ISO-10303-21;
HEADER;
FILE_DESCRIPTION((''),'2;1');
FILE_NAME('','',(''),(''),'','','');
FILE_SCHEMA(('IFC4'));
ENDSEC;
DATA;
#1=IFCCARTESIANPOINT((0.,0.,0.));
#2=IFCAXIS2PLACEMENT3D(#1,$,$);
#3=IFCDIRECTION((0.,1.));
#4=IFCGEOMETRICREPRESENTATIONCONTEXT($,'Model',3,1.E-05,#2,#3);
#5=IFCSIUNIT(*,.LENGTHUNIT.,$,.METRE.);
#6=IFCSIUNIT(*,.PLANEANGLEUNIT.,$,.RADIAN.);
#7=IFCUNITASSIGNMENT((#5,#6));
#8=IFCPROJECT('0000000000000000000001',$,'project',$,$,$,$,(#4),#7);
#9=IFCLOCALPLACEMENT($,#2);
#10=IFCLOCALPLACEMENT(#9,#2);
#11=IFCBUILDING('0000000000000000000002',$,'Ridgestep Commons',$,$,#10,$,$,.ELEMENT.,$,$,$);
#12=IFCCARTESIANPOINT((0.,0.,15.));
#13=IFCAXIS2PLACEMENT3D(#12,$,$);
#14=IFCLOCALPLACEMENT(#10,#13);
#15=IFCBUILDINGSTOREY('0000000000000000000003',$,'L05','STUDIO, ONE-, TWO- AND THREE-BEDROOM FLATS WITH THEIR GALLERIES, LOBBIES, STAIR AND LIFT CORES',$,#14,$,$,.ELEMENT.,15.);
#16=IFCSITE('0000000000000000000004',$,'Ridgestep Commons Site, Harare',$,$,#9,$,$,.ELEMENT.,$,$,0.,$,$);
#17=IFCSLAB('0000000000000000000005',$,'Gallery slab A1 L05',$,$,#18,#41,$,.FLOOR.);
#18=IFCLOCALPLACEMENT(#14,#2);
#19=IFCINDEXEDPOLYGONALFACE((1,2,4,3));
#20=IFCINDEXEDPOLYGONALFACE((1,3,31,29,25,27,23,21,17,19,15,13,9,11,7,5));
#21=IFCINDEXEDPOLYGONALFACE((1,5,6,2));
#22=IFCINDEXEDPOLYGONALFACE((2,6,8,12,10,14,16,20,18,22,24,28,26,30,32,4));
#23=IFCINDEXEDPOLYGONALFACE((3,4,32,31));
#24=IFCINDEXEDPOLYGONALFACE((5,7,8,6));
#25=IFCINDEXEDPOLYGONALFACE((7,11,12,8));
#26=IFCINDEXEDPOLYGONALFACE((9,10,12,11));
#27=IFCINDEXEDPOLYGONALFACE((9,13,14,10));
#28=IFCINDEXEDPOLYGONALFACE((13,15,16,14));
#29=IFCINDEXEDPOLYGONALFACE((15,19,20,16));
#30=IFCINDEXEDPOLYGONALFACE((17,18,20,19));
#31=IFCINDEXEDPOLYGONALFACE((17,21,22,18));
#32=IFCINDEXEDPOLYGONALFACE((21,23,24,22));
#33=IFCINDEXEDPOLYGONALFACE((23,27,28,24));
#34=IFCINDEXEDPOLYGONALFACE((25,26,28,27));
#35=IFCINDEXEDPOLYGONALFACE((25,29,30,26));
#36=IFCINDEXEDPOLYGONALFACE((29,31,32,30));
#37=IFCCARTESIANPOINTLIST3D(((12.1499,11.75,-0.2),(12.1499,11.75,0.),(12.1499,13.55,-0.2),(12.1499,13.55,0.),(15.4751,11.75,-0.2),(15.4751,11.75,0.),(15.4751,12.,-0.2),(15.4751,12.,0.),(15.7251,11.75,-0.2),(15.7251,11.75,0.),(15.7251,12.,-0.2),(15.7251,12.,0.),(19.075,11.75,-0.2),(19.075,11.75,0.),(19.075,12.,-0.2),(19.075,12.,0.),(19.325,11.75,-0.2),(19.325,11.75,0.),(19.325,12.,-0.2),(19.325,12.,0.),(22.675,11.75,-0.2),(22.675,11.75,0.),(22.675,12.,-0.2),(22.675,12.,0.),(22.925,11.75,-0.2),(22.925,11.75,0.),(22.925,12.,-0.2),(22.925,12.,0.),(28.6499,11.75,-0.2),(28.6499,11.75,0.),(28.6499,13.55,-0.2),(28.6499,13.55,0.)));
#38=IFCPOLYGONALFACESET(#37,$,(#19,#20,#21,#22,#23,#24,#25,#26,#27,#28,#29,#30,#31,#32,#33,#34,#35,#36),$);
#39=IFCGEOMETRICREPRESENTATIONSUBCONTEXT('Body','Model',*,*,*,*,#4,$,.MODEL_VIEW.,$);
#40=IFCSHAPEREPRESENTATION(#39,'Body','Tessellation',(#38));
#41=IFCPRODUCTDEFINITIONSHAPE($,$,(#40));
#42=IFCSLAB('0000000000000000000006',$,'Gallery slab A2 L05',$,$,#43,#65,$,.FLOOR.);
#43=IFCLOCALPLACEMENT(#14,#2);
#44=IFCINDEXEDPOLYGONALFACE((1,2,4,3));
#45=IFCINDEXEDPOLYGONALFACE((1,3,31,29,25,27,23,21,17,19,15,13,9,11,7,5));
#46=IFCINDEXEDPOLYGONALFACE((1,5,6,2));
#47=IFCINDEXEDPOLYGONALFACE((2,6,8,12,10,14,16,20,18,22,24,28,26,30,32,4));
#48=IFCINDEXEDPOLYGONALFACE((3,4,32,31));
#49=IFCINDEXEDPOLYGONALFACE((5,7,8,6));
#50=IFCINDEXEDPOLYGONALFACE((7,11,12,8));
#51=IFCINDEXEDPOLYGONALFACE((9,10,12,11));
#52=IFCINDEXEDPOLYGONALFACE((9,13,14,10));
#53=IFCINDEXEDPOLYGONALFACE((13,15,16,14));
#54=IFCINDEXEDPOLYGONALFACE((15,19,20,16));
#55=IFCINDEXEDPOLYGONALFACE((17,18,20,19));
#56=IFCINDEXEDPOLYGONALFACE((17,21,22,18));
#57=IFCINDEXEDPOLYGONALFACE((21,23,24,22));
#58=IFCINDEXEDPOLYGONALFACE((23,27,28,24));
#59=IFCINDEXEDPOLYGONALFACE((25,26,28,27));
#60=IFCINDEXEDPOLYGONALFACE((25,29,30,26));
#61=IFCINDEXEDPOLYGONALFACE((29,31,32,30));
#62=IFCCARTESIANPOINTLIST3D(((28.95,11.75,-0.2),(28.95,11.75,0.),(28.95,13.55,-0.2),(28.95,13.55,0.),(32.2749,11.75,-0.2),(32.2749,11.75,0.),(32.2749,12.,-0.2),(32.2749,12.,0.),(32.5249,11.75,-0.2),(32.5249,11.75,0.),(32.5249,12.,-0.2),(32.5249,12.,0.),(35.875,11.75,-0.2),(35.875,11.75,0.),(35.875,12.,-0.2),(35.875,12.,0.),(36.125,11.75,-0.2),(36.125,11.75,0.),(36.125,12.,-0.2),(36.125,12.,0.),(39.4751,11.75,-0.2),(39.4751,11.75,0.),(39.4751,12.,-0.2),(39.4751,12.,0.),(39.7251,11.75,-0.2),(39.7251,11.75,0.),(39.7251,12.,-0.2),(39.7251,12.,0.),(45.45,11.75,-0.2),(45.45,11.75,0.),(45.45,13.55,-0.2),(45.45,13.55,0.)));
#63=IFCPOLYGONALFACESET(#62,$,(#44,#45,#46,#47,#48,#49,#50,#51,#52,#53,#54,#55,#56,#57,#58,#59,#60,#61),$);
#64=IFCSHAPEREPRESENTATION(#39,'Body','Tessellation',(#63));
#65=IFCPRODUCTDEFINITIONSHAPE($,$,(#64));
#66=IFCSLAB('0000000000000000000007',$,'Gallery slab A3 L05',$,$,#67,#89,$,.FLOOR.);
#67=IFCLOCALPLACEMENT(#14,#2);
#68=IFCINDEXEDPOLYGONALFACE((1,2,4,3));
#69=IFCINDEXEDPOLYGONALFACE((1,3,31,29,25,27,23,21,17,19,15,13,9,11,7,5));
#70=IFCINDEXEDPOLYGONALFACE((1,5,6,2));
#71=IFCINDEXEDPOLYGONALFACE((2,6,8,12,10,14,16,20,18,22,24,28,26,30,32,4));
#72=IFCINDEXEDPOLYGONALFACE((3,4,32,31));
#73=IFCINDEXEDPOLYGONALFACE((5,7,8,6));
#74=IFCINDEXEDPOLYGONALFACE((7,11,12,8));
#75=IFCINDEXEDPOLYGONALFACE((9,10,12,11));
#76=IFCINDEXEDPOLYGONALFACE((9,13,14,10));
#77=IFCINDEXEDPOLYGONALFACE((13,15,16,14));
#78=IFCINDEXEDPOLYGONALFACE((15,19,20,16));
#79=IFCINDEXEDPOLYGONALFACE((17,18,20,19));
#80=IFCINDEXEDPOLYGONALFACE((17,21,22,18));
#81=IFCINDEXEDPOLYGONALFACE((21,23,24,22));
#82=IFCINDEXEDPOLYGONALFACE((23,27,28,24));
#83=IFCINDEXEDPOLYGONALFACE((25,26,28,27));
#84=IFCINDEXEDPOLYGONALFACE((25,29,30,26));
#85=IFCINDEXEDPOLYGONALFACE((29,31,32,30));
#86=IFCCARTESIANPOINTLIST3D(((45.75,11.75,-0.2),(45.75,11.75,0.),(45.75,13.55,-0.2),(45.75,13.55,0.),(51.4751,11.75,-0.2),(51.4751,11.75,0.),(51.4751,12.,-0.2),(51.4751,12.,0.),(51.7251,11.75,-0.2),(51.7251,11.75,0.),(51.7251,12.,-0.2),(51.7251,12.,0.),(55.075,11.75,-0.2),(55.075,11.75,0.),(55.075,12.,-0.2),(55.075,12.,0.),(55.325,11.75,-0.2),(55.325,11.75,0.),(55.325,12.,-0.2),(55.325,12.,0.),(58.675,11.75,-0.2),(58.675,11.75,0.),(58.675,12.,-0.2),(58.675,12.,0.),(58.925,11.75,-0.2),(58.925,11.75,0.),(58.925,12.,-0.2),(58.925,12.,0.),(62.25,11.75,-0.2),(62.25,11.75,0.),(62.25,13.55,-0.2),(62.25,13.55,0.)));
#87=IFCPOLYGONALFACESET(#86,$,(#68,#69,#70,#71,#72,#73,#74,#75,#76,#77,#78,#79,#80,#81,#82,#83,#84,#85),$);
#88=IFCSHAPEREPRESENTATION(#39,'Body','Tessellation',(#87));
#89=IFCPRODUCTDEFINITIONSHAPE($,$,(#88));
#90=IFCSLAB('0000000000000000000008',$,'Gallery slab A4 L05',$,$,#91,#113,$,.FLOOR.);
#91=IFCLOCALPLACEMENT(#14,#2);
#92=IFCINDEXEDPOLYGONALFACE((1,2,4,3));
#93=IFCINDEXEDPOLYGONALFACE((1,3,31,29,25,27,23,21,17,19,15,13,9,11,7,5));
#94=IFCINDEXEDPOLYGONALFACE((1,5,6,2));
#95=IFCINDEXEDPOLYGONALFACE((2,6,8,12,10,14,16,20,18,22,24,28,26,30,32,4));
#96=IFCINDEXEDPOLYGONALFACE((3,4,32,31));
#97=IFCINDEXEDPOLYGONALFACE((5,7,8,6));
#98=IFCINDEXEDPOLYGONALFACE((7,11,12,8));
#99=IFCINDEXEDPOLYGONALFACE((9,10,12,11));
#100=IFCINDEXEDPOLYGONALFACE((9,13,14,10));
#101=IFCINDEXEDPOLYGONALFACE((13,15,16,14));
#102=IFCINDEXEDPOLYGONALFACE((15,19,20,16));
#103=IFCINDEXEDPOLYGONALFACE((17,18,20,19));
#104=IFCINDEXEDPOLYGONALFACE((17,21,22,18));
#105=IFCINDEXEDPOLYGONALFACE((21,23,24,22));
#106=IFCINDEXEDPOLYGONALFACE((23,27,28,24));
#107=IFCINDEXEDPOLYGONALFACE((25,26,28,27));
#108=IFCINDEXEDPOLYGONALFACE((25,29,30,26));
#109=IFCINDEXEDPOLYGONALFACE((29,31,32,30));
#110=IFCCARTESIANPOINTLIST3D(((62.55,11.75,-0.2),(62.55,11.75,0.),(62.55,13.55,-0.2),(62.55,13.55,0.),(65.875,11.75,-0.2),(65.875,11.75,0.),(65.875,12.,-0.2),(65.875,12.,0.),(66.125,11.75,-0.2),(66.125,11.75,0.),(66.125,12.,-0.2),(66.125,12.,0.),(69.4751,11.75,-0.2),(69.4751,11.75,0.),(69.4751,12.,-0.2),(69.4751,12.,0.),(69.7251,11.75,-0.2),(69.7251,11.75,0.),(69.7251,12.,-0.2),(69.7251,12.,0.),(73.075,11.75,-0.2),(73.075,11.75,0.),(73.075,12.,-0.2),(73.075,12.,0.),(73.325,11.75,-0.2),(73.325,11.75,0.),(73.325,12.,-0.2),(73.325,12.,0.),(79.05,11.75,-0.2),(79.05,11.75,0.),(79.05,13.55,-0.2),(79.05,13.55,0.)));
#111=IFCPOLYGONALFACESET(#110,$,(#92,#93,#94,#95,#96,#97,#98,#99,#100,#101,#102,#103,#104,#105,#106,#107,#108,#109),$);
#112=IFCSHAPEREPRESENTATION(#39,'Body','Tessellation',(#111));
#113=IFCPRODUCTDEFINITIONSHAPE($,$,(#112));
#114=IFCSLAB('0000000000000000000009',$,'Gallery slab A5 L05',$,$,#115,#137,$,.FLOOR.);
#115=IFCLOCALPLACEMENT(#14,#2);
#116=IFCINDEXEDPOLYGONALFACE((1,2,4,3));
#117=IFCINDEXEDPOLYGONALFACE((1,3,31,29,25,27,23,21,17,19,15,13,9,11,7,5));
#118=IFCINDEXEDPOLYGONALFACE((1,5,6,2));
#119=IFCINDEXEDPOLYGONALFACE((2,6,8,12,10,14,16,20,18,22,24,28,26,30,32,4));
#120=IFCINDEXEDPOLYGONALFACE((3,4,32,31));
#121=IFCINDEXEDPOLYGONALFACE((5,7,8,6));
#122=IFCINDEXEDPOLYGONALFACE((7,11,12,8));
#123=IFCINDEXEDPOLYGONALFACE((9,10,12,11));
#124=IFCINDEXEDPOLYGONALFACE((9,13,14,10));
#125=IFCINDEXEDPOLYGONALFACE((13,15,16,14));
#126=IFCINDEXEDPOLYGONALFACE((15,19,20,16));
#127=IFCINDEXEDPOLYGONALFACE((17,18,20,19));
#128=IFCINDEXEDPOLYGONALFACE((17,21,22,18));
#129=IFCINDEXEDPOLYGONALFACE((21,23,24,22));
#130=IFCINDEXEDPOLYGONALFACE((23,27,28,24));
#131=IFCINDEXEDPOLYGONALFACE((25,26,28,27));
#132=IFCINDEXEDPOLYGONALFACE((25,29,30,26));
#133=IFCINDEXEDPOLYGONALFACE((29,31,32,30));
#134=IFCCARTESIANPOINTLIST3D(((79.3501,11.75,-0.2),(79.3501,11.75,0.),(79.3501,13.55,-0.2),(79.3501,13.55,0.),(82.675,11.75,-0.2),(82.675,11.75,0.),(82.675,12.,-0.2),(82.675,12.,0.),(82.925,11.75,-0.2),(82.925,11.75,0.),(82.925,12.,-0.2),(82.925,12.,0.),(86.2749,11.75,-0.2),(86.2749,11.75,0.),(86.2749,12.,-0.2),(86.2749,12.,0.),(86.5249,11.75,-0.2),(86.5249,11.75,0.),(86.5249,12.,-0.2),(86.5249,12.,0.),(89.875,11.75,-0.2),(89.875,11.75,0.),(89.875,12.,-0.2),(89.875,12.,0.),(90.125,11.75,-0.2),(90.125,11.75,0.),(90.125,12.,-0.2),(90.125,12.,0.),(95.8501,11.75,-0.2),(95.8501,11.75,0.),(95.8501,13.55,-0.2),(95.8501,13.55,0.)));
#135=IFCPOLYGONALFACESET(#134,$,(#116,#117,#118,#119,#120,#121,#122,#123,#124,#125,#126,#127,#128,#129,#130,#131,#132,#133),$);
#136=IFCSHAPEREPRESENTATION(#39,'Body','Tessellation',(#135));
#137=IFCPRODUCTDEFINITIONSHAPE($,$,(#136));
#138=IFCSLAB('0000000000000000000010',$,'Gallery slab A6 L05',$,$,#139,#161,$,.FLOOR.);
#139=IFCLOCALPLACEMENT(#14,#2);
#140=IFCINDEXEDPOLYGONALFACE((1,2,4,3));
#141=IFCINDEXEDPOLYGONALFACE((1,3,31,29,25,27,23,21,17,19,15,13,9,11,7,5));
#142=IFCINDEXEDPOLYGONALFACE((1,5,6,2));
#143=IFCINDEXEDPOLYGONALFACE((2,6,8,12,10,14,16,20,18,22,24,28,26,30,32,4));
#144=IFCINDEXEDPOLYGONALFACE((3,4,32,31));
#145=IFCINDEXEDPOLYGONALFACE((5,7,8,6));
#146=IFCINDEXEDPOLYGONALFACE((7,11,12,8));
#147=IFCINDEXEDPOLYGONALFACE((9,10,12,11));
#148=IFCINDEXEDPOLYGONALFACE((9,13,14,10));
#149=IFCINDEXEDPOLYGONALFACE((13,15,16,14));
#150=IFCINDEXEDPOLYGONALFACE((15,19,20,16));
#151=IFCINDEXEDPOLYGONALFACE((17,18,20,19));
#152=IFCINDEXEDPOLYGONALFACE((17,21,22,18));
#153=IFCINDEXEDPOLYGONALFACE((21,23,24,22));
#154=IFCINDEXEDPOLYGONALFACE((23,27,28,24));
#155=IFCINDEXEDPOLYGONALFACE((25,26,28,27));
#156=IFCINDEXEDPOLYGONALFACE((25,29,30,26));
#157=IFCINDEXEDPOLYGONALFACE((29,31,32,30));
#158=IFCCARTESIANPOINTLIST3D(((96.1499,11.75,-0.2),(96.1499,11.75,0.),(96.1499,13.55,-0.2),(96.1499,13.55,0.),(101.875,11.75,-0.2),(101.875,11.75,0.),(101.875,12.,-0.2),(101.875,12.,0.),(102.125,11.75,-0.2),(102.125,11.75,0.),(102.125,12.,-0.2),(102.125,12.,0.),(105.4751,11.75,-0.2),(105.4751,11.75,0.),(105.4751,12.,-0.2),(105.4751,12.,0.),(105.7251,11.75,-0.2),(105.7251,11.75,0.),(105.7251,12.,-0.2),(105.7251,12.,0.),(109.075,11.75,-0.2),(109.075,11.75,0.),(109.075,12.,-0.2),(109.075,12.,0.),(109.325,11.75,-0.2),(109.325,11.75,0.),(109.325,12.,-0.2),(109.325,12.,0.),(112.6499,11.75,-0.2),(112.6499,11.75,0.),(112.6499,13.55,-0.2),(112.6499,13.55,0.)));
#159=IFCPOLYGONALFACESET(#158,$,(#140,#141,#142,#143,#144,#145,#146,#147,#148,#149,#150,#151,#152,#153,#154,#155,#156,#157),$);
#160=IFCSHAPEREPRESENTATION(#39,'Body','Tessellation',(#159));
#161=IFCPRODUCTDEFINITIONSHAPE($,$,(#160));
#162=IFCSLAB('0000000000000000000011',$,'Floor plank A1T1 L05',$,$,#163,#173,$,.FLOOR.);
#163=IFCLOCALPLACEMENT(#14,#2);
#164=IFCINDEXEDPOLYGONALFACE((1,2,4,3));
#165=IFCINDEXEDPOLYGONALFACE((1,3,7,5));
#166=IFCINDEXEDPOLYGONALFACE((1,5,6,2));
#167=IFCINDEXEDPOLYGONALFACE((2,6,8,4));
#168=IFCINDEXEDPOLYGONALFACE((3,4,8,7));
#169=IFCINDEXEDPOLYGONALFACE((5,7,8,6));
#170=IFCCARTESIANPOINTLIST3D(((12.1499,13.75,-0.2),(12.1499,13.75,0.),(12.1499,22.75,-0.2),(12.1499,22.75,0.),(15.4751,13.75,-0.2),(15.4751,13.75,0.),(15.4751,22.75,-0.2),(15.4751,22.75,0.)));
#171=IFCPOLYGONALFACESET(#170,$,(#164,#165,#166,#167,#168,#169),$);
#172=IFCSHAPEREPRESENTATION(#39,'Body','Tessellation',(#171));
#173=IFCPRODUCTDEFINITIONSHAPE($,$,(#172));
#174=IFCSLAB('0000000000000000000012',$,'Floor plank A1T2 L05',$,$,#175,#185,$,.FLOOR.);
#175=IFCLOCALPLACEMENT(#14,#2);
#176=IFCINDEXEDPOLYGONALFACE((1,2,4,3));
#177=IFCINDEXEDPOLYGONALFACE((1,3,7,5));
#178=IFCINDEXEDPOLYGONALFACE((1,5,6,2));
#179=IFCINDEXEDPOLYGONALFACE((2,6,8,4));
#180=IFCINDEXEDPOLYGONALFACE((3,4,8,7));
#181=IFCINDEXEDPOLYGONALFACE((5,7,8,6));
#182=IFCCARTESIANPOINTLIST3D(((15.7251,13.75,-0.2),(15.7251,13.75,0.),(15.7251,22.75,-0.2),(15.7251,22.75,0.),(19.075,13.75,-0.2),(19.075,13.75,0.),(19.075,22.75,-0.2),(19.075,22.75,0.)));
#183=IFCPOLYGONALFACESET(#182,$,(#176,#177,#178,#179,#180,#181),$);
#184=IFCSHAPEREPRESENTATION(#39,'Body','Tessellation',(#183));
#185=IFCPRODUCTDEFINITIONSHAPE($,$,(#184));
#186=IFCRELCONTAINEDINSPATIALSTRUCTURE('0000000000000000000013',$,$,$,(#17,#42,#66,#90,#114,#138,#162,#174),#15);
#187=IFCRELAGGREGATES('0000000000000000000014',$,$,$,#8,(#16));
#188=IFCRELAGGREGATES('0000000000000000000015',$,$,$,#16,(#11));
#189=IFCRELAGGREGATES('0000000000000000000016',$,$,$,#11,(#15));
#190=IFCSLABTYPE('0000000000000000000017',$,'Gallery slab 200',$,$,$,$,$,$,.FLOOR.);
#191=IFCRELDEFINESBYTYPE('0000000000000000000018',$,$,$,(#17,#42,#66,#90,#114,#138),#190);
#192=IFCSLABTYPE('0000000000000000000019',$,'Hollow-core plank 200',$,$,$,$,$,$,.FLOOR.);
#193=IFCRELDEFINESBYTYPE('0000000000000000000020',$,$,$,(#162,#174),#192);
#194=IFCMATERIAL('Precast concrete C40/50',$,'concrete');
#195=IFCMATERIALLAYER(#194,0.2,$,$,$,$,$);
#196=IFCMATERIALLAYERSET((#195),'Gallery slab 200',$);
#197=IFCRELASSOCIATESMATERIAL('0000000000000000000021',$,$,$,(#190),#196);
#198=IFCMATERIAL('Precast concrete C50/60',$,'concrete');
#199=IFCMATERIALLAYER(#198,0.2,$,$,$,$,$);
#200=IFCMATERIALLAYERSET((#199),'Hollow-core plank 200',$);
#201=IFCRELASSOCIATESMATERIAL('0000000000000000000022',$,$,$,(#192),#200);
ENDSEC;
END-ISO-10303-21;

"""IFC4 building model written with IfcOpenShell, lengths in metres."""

from ifc_helpers import new_model, si_unit, direction, frame, origin, place, context, subcontext, project, spatial, polyline, outline, extrude, material, layer, layer_set, type_object, element, save


model = new_model("IFC4")

# Units and contexts
model_context = context("Model", 3, precision=1e-05, world=origin(), true_north=direction((0.0, 1.0)))
body_context = subcontext(model_context, "Body", "Model", "MODEL_VIEW")
ifc_project = project(units=[si_unit("LENGTHUNIT", "METRE"), si_unit("PLANEANGLEUNIT", "RADIAN")], contexts=[model_context])

# Site, building, storey
site_placement = place(None, origin())
site = spatial("IfcSite", under=ifc_project, at=site_placement, Name="Ridgestep Commons Site, Harare", CompositionType="ELEMENT", RefElevation=0.0)
building_placement = place(site_placement, origin())
building = spatial("IfcBuilding", under=site, at=building_placement, Name="Ridgestep Commons", CompositionType="ELEMENT")
storey_placement = place(building_placement, frame((0.0, 0.0, 15.0)))
storey = spatial("IfcBuildingStorey", under=building, at=storey_placement, Name="L05", Description="STUDIO, ONE-, TWO- AND THREE-BEDROOM FLATS WITH THEIR GALLERIES, LOBBIES, STAIR AND LIFT CORES", CompositionType="ELEMENT", Elevation=15.0)

# Slabs
ifc_material_1 = material(Name="Precast concrete C40/50", Category="concrete")
ifc_layer_1 = layer(ifc_material_1, 0.2)
ifc_layer_set_1 = layer_set([ifc_layer_1], Name="Gallery slab 200")
slab_type_1 = type_object("IfcSlabType", Name="Gallery slab 200", PredefinedType="FLOOR", material=ifc_layer_set_1)
slab_1_placement = place(storey_placement, frame((0.0, 0.0, -0.2)))
element("IfcSlab", 1, at=slab_1_placement, inside=storey, type_object=slab_type_1, Name="Gallery slab A1 L05", PredefinedType="FLOOR", context=body_context, shape_type="SweptSolid", body=[
    extrude(outline(polyline([(28.6499, 13.55), (12.1499, 13.55), (12.1499, 11.75), (15.4751, 11.75), (15.4751, 12.0), (15.7251, 12.0), (15.7251, 11.75), (19.075, 11.75), (19.075, 12.0), (19.325, 12.0), (19.325, 11.75), (22.675, 11.75), (22.675, 12.0), (22.925, 12.0), (22.925, 11.75), (28.6499, 11.75), (28.6499, 13.55)])), origin(), (0.0, 0.0, 1.0), 0.2),
])
slab_2_placement = place(storey_placement, frame((0.0, 0.0, -0.2)))
element("IfcSlab", 2, at=slab_2_placement, inside=storey, type_object=slab_type_1, Name="Gallery slab A2 L05", PredefinedType="FLOOR", context=body_context, shape_type="SweptSolid", body=[
    extrude(outline(polyline([(45.45, 13.55), (28.95, 13.55), (28.95, 11.75), (32.2749, 11.75), (32.2749, 12.0), (32.5249, 12.0), (32.5249, 11.75), (35.875, 11.75), (35.875, 12.0), (36.125, 12.0), (36.125, 11.75), (39.4751, 11.75), (39.4751, 12.0), (39.7251, 12.0), (39.7251, 11.75), (45.45, 11.75), (45.45, 13.55)])), origin(), (0.0, 0.0, 1.0), 0.2),
])
slab_3_placement = place(storey_placement, frame((0.0, 0.0, -0.2)))
element("IfcSlab", 3, at=slab_3_placement, inside=storey, type_object=slab_type_1, Name="Gallery slab A3 L05", PredefinedType="FLOOR", context=body_context, shape_type="SweptSolid", body=[
    extrude(outline(polyline([(62.25, 13.55), (45.75, 13.55), (45.75, 11.75), (51.4751, 11.75), (51.4751, 12.0), (51.7251, 12.0), (51.7251, 11.75), (55.075, 11.75), (55.075, 12.0), (55.325, 12.0), (55.325, 11.75), (58.675, 11.75), (58.675, 12.0), (58.925, 12.0), (58.925, 11.75), (62.25, 11.75), (62.25, 13.55)])), origin(), (0.0, 0.0, 1.0), 0.2),
])
slab_4_placement = place(storey_placement, frame((0.0, 0.0, -0.2)))
element("IfcSlab", 4, at=slab_4_placement, inside=storey, type_object=slab_type_1, Name="Gallery slab A4 L05", PredefinedType="FLOOR", context=body_context, shape_type="SweptSolid", body=[
    extrude(outline(polyline([(79.05, 13.55), (62.55, 13.55), (62.55, 11.75), (65.875, 11.75), (65.875, 12.0), (66.125, 12.0), (66.125, 11.75), (69.4751, 11.75), (69.4751, 12.0), (69.7251, 12.0), (69.7251, 11.75), (73.075, 11.75), (73.075, 12.0), (73.325, 12.0), (73.325, 11.75), (79.05, 11.75), (79.05, 13.55)])), origin(), (0.0, 0.0, 1.0), 0.2),
])
slab_5_placement = place(storey_placement, frame((0.0, 0.0, -0.2)))
element("IfcSlab", 5, at=slab_5_placement, inside=storey, type_object=slab_type_1, Name="Gallery slab A5 L05", PredefinedType="FLOOR", context=body_context, shape_type="SweptSolid", body=[
    extrude(outline(polyline([(95.8501, 13.55), (79.3501, 13.55), (79.3501, 11.75), (82.675, 11.75), (82.675, 12.0), (82.925, 12.0), (82.925, 11.75), (86.2749, 11.75), (86.2749, 12.0), (86.5249, 12.0), (86.5249, 11.75), (89.875, 11.75), (89.875, 12.0), (90.125, 12.0), (90.125, 11.75), (95.8501, 11.75), (95.8501, 13.55)])), origin(), (0.0, 0.0, 1.0), 0.2),
])
slab_6_placement = place(storey_placement, frame((0.0, 0.0, -0.2)))
element("IfcSlab", 6, at=slab_6_placement, inside=storey, type_object=slab_type_1, Name="Gallery slab A6 L05", PredefinedType="FLOOR", context=body_context, shape_type="SweptSolid", body=[
    extrude(outline(polyline([(112.6499, 13.55), (96.1499, 13.55), (96.1499, 11.75), (101.875, 11.75), (101.875, 12.0), (102.125, 12.0), (102.125, 11.75), (105.4751, 11.75), (105.4751, 12.0), (105.7251, 12.0), (105.7251, 11.75), (109.075, 11.75), (109.075, 12.0), (109.325, 12.0), (109.325, 11.75), (112.6499, 11.75), (112.6499, 13.55)])), origin(), (0.0, 0.0, 1.0), 0.2),
])
ifc_material_2 = material(Name="Precast concrete C50/60", Category="concrete")
ifc_layer_2 = layer(ifc_material_2, 0.2)
ifc_layer_set_2 = layer_set([ifc_layer_2], Name="Hollow-core plank 200")
slab_type_2 = type_object("IfcSlabType", Name="Hollow-core plank 200", PredefinedType="FLOOR", material=ifc_layer_set_2)
slab_7_placement = place(storey_placement, frame((0.0, 0.0, -0.2)))
element("IfcSlab", 7, at=slab_7_placement, inside=storey, type_object=slab_type_2, Name="Floor plank A1T1 L05", PredefinedType="FLOOR", context=body_context, shape_type="SweptSolid", body=[
    extrude(outline(polyline([(15.4751, 13.75), (15.4751, 22.75), (12.1499, 22.75), (12.1499, 13.75), (15.4751, 13.75)])), origin(), (0.0, 0.0, 1.0), 0.2),
])
slab_8_placement = place(storey_placement, frame((0.0, 0.0, -0.2)))
element("IfcSlab", 8, at=slab_8_placement, inside=storey, type_object=slab_type_2, Name="Floor plank A1T2 L05", PredefinedType="FLOOR", context=body_context, shape_type="SweptSolid", body=[
    extrude(outline(polyline([(19.075, 13.75), (19.075, 22.75), (15.7251, 22.75), (15.7251, 13.75), (19.075, 13.75)])), origin(), (0.0, 0.0, 1.0), 0.2),
])

save(model, "model.ifc")
